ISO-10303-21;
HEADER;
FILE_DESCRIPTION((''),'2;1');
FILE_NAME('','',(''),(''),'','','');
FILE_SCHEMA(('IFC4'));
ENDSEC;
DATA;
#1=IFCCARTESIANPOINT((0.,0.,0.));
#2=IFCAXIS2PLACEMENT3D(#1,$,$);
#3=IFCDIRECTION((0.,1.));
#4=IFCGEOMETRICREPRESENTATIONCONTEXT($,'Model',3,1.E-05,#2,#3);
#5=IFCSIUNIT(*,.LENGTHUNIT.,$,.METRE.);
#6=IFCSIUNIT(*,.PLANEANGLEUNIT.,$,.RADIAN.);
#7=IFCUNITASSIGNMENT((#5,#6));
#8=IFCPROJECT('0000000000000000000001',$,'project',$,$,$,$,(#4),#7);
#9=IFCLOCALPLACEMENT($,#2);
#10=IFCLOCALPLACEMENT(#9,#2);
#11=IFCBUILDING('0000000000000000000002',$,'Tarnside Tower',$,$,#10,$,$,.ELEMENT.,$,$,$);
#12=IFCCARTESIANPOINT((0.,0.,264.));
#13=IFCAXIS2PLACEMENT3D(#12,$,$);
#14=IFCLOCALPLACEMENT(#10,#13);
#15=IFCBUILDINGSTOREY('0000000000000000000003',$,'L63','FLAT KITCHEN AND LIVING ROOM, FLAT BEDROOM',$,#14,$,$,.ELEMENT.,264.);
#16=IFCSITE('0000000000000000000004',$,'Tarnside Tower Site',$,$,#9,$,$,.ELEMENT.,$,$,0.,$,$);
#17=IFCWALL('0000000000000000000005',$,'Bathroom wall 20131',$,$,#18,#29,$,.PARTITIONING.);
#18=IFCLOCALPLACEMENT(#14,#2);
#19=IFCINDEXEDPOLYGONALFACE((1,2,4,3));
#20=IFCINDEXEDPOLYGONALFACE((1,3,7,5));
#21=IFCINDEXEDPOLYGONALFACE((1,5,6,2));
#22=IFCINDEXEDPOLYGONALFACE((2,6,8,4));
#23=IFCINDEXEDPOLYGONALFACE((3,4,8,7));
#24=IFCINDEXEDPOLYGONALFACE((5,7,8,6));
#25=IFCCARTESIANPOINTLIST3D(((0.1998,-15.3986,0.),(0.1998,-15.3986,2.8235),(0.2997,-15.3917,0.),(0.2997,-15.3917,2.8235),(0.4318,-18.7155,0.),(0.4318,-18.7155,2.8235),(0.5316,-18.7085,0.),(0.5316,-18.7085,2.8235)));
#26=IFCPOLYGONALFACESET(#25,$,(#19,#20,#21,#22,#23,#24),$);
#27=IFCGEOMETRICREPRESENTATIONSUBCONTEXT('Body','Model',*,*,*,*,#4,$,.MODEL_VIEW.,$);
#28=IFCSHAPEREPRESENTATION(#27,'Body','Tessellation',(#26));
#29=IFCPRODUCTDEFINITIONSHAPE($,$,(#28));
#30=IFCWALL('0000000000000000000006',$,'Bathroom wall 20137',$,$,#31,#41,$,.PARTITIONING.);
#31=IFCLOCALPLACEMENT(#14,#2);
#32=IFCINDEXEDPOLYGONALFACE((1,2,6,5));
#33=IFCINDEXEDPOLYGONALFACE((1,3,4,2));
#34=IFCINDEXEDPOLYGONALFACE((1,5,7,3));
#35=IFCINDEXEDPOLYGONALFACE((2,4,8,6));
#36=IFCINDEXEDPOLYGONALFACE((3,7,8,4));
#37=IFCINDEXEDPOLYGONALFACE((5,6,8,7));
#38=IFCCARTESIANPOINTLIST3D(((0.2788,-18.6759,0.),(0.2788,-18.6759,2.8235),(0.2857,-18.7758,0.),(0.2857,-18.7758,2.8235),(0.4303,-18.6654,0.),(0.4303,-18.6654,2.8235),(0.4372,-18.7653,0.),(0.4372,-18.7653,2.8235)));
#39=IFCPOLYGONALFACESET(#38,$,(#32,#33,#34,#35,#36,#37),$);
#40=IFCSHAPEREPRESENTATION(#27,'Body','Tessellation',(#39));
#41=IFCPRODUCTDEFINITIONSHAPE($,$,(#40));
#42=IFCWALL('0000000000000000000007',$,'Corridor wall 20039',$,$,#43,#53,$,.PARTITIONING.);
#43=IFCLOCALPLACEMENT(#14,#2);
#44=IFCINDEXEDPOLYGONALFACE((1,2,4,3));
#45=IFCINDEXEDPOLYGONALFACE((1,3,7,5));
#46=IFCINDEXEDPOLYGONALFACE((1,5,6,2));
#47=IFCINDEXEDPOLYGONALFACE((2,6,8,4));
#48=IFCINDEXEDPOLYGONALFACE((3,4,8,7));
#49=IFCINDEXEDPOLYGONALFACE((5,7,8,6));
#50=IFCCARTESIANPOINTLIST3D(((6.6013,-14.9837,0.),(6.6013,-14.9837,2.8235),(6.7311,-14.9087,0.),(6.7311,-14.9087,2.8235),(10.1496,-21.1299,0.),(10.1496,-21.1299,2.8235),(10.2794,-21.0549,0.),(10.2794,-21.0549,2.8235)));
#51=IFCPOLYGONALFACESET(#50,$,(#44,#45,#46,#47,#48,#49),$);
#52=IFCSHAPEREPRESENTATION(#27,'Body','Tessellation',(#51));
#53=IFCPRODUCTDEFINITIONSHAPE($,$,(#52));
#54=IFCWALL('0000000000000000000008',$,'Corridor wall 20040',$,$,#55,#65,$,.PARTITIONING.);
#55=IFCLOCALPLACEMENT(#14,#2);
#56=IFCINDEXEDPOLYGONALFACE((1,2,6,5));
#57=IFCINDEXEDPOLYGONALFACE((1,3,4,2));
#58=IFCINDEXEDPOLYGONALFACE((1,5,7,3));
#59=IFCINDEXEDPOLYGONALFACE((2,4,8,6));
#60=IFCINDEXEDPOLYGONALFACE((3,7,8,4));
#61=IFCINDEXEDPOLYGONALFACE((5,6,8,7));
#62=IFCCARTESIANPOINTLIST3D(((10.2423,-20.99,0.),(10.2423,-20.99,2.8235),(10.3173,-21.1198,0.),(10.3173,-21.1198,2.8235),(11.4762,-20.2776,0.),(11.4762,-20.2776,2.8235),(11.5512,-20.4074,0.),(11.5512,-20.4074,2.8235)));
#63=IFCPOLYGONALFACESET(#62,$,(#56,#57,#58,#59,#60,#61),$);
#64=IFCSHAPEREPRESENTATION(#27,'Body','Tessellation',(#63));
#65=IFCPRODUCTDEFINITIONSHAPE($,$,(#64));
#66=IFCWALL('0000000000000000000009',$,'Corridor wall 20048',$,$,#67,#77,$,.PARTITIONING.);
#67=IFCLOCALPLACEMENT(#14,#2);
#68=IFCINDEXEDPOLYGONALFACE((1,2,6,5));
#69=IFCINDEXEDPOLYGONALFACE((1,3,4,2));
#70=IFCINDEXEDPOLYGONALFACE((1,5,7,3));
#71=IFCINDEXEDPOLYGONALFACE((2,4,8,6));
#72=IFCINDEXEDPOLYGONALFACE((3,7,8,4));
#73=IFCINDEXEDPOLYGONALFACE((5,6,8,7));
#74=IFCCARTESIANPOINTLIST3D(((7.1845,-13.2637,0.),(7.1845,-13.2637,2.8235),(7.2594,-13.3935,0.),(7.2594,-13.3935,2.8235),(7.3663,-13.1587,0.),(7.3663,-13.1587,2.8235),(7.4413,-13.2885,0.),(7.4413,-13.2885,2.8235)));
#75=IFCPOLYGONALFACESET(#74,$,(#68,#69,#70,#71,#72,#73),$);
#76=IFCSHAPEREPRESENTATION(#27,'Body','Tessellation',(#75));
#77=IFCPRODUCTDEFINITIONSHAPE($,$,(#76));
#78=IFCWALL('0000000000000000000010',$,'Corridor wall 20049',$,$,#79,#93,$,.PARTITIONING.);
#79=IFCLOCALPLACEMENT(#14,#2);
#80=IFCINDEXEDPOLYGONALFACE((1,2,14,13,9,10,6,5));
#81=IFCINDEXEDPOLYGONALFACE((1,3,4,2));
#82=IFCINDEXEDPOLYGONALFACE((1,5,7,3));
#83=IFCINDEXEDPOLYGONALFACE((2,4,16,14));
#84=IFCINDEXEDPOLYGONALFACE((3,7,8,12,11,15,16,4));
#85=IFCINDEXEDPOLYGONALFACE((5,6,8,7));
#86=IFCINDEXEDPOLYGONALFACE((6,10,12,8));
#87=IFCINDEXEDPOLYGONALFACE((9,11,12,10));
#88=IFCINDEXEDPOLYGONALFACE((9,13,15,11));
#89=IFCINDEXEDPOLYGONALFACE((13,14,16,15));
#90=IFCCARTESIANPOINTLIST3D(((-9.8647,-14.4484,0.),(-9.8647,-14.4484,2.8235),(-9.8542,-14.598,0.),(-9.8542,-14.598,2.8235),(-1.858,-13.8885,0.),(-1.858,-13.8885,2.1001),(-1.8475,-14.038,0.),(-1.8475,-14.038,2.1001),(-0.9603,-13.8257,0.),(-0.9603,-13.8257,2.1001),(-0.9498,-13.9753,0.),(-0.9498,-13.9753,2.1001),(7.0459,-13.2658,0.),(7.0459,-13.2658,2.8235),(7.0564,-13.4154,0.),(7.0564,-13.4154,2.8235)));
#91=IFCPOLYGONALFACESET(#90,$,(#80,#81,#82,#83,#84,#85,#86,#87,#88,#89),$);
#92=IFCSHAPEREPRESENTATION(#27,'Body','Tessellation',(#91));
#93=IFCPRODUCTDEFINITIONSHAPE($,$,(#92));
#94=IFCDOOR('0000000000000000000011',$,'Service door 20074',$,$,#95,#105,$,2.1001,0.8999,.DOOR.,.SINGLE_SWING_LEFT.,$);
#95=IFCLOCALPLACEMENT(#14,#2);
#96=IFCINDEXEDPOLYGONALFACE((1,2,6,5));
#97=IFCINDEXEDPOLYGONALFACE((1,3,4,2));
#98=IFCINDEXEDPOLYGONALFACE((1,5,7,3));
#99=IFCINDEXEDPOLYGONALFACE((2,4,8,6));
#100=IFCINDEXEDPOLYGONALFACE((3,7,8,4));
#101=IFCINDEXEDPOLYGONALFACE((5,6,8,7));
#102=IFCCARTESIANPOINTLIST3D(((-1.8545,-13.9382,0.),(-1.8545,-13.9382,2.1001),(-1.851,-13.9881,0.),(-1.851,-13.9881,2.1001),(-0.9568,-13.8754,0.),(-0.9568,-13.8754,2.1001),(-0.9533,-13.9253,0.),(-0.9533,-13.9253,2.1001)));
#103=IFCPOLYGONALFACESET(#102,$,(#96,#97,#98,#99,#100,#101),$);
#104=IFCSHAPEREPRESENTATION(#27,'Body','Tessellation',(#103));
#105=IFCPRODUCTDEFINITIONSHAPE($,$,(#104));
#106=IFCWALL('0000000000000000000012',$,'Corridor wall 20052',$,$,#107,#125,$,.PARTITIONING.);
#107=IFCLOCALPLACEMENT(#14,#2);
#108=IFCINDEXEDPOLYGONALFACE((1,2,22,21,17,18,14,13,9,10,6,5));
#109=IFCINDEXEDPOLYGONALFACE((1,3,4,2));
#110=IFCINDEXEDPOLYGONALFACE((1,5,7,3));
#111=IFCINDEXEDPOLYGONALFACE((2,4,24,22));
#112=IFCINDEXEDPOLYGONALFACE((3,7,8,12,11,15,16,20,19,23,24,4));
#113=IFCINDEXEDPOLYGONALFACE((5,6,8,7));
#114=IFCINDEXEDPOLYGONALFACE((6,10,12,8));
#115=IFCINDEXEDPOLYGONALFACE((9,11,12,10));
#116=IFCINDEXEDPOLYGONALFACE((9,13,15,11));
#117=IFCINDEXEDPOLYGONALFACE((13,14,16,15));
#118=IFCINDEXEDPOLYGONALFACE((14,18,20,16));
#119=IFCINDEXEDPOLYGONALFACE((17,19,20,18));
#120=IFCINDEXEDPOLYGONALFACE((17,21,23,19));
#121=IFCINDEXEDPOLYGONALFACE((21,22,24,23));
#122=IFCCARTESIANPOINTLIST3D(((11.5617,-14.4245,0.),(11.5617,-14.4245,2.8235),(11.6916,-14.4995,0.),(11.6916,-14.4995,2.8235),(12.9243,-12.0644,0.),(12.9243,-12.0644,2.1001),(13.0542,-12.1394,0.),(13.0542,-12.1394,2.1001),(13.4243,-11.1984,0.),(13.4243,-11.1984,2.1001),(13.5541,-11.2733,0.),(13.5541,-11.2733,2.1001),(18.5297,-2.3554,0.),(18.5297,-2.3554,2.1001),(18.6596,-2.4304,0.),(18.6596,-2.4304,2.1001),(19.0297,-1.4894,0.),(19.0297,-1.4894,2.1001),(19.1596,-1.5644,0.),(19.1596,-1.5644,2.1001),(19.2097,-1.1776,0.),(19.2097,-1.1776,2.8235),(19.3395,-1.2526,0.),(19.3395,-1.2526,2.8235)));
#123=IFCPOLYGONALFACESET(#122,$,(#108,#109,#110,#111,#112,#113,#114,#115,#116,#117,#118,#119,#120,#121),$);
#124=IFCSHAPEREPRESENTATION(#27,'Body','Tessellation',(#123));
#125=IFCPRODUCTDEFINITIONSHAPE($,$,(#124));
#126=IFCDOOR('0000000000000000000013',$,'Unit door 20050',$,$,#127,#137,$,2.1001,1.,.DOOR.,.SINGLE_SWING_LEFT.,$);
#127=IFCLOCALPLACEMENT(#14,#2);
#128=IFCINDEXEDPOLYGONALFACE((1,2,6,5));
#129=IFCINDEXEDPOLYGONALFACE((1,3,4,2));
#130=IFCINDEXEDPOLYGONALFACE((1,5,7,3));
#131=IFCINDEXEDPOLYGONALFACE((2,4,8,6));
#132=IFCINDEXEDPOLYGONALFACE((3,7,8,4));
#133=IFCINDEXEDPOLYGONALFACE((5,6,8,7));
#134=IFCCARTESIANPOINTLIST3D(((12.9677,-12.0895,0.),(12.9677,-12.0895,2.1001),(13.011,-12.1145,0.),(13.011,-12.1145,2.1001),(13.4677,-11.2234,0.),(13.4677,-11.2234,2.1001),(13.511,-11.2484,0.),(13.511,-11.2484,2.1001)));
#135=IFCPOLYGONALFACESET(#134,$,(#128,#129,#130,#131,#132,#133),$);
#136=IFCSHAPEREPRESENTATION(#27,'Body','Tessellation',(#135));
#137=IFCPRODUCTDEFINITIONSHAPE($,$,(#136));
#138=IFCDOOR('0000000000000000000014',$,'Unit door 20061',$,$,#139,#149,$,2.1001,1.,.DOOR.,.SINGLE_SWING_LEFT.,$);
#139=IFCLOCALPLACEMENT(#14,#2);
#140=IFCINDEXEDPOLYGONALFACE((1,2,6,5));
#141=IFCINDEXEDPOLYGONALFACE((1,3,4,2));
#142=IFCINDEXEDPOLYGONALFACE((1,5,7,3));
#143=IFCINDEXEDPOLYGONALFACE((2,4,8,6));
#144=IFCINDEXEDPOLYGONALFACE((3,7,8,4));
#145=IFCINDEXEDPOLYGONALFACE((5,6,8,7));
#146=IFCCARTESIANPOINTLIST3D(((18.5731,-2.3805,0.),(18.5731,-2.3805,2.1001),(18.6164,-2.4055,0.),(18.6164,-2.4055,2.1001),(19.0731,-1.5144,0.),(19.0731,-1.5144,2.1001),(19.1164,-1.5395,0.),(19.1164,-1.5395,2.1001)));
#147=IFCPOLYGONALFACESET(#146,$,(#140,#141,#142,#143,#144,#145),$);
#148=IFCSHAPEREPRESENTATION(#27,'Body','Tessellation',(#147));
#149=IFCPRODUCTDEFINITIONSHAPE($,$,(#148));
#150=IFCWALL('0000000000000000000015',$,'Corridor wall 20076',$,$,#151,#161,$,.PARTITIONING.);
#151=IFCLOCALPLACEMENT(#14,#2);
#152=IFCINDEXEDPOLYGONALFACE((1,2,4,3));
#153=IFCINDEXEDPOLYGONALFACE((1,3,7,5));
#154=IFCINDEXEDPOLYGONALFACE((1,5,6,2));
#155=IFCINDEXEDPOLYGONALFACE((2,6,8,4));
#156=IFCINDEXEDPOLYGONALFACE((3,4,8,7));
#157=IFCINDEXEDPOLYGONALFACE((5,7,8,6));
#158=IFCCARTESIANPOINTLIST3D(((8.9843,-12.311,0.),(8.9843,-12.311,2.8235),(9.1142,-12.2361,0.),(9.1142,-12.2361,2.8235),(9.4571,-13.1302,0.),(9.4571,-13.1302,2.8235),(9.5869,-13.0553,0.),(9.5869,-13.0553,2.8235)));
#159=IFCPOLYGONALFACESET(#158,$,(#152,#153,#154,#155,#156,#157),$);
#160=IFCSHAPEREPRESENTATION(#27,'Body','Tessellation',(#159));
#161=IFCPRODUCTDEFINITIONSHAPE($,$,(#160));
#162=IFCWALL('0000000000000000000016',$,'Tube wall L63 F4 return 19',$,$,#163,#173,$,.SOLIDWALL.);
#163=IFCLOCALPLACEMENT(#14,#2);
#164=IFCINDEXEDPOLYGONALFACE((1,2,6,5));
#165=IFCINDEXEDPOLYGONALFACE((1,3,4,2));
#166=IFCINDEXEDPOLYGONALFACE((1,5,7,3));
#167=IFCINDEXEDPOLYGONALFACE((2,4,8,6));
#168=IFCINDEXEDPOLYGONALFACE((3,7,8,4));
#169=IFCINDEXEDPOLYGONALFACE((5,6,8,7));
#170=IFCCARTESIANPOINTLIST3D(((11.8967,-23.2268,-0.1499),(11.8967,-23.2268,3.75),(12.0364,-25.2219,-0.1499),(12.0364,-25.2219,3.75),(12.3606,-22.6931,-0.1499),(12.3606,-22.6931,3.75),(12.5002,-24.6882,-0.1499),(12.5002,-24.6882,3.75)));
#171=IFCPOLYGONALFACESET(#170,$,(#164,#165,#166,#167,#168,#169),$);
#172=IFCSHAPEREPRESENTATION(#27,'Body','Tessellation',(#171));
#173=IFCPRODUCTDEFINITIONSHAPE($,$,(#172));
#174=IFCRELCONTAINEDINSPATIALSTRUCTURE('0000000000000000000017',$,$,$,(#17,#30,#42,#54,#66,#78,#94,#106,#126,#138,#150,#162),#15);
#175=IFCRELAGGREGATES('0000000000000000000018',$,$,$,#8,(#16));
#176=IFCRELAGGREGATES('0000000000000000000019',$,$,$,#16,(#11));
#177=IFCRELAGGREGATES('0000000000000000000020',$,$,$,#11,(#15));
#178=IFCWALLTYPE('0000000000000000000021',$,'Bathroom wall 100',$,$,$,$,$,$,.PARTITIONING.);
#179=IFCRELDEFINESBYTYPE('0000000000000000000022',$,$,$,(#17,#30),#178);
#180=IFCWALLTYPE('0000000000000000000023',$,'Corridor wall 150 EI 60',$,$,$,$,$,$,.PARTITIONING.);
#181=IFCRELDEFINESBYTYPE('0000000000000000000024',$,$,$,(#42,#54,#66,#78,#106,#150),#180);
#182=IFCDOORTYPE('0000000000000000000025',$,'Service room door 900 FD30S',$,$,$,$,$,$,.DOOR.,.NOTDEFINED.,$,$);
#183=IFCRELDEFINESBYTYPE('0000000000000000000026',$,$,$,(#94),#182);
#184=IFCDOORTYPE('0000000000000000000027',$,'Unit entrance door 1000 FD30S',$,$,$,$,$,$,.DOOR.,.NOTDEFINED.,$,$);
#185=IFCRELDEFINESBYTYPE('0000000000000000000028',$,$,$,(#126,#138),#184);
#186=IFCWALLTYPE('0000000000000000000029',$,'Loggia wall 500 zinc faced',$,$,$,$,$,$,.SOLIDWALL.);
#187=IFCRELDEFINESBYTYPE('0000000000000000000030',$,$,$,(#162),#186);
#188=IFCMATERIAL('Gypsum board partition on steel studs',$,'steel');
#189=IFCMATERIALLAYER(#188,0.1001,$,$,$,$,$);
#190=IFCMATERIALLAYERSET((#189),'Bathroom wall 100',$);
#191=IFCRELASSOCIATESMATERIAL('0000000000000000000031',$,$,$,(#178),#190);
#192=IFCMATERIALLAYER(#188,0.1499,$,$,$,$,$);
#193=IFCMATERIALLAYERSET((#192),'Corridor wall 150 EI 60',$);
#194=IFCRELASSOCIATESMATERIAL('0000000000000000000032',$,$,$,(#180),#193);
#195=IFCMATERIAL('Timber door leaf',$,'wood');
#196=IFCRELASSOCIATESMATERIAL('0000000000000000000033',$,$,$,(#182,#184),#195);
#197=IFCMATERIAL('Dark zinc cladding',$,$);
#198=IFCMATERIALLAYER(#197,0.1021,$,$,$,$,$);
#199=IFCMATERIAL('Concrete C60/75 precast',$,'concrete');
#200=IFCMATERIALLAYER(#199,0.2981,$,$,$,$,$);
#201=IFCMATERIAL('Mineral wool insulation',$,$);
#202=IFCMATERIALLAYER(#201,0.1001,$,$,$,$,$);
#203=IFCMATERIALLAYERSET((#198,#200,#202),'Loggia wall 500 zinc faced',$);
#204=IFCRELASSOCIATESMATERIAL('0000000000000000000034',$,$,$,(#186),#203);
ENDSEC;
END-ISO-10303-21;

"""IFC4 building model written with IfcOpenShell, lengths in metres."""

from ifc_helpers import new_model, si_unit, direction, frame, frame_2d, origin, place, context, subcontext, project, spatial, polyline, rectangle, outline, extrude, material, layer, layer_set, type_object, element, fill, save


model = new_model("IFC4")

# Units and contexts
model_context = context("Model", 3, precision=1e-05, world=origin(), true_north=direction((0.0, 1.0)))
body_context = subcontext(model_context, "Body", "Model", "MODEL_VIEW")
ifc_project = project(units=[si_unit("LENGTHUNIT", "METRE"), si_unit("PLANEANGLEUNIT", "RADIAN")], contexts=[model_context])

# Site, building, storey
site_placement = place(None, origin())
site = spatial("IfcSite", under=ifc_project, at=site_placement, Name="Tarnside Tower Site", CompositionType="ELEMENT", RefElevation=0.0)
building_placement = place(site_placement, origin())
building = spatial("IfcBuilding", under=site, at=building_placement, Name="Tarnside Tower", CompositionType="ELEMENT")
storey_placement = place(building_placement, frame((0.0, 0.0, 264.0)))
storey = spatial("IfcBuildingStorey", under=building, at=storey_placement, Name="L63", Description="FLAT KITCHEN AND LIVING ROOM, FLAT BEDROOM", CompositionType="ELEMENT", Elevation=264.0)

# Walls
ifc_material_1 = material(Name="Gypsum board partition on steel studs", Category="steel")
ifc_layer_1 = layer(ifc_material_1, 0.1001)
ifc_layer_set_1 = layer_set([ifc_layer_1], Name="Bathroom wall 100")
wall_type_1 = type_object("IfcWallType", Name="Bathroom wall 100", PredefinedType="PARTITIONING", material=ifc_layer_set_1)
wall_1_placement = place(storey_placement, frame((0.2498, -15.395, 0.0), z_axis=(0.0, 0.0, 1.0), x_axis=(0.069755, -0.997564, 0.0)))
element("IfcWall", 1, at=wall_1_placement, inside=storey, type_object=wall_type_1, Name="Bathroom wall 20131", PredefinedType="PARTITIONING", context=body_context, shape_type="SweptSolid", body=[
    extrude(rectangle(XDim=3.325, YDim=0.1001, at=frame_2d((1.6626, 0.0))), origin(), (0.0, 0.0, 1.0), 2.8235),
])
wall_2_placement = place(storey_placement, frame((0.2822, -18.7258, 0.0), z_axis=(0.0, 0.0, 1.0), x_axis=(0.997611, 0.069078, 0.0)))
element("IfcWall", 2, at=wall_2_placement, inside=storey, type_object=wall_type_1, Name="Bathroom wall 20137", PredefinedType="PARTITIONING", context=body_context, shape_type="SweptSolid", body=[
    extrude(rectangle(XDim=0.1519, YDim=0.1001, at=frame_2d((0.0759, 0.0))), origin(), (0.0, 0.0, 1.0), 2.8235),
])
ifc_layer_2 = layer(ifc_material_1, 0.1499)
ifc_layer_set_2 = layer_set([ifc_layer_2], Name="Corridor wall 150 EI 60")
wall_type_2 = type_object("IfcWallType", Name="Corridor wall 150 EI 60", PredefinedType="PARTITIONING", material=ifc_layer_set_2)
wall_3_placement = place(storey_placement, frame((6.6663, -14.9463, 0.0), z_axis=(0.0, 0.0, 1.0), x_axis=(0.49998, -0.866037, 0.0)))
element("IfcWall", 3, at=wall_3_placement, inside=storey, type_object=wall_type_2, Name="Corridor wall 20039", PredefinedType="PARTITIONING", context=body_context, shape_type="SweptSolid", body=[
    extrude(rectangle(XDim=7.0969, YDim=0.1499, at=frame_2d((3.5483, 0.0))), origin(), (0.0, 0.0, 1.0), 2.8235),
])
wall_4_placement = place(storey_placement, frame((10.2798, -21.0549, 0.0), z_axis=(0.0, 0.0, 1.0), x_axis=(0.86602, 0.500009, 0.0)))
element("IfcWall", 4, at=wall_4_placement, inside=storey, type_object=wall_type_2, Name="Corridor wall 20040", PredefinedType="PARTITIONING", context=body_context, shape_type="SweptSolid", body=[
    extrude(rectangle(XDim=1.4248, YDim=0.1499, at=frame_2d((0.7124, 0.0))), origin(), (0.0, 0.0, 1.0), 2.8235),
])
wall_5_placement = place(storey_placement, frame((7.4038, -13.2236, 0.0), z_axis=(0.0, 0.0, 1.0), x_axis=(-0.866089, -0.49989, 0.0)))
element("IfcWall", 5, at=wall_5_placement, inside=storey, type_object=wall_type_2, Name="Corridor wall 20048", PredefinedType="PARTITIONING", context=body_context, shape_type="SweptSolid", body=[
    extrude(rectangle(XDim=0.21, YDim=0.1499, at=frame_2d((0.105, 0.0))), origin(), (0.0, 0.0, 1.0), 2.8235),
])

# Wall, opening, door
wall_6_placement = place(storey_placement, frame((7.0513, -13.3406, 0.0), z_axis=(0.0, 0.0, 1.0), x_axis=(-0.997564, -0.069763, 0.0)))
wall_6 = element("IfcWall", 6, at=wall_6_placement, inside=storey, type_object=wall_type_2, Name="Corridor wall 20049", PredefinedType="PARTITIONING", context=body_context, shape_type="SweptSolid", body=[
    extrude(rectangle(XDim=16.9519, YDim=0.1499, at=frame_2d((8.4761, 0.0))), origin(), (0.0, 0.0, 1.0), 2.8235),
])
opening_1_placement = place(wall_6_placement, frame((8.0259, 0.0, 0.0)))
opening_1 = element("IfcOpeningElement", 7, at=opening_1_placement, cuts=wall_6, PredefinedType="OPENING", context=body_context, shape_type="SweptSolid", body=[
    extrude(rectangle(XDim=0.8999, YDim=2.1001, at=frame_2d((0.45, 1.05))), frame((0.0, 0.085, 0.0), z_axis=(0.0, -1.0, 0.0), x_axis=(1.0, 0.0, 0.0)), (0.0, 0.0, 1.0), 0.1699),
])
ifc_material_2 = material(Name="Timber door leaf", Category="wood")
door_type_1 = type_object("IfcDoorType", Name="Service room door 900 FD30S", OperationType="NOTDEFINED", PredefinedType="DOOR", material=ifc_material_2)
door_1_placement = place(opening_1_placement, origin())
door_1 = element("IfcDoor", 8, at=door_1_placement, inside=storey, type_object=door_type_1, Name="Service door 20074", OperationType="SINGLE_SWING_LEFT", OverallHeight=2.1001, OverallWidth=0.8999, PredefinedType="DOOR", context=body_context, shape_type="SweptSolid", body=[
    extrude(rectangle(XDim=0.8999, YDim=2.1001, at=frame_2d((0.45, 1.05))), frame((0.0, 0.0249, 0.0), z_axis=(0.0, -1.0, 0.0), x_axis=(1.0, 0.0, 0.0)), (0.0, 0.0, 1.0), 0.05),
])
fill(opening_1, door_1)

# Wall, openings, doors
wall_7_placement = place(storey_placement, frame((11.6267, -14.4619, 0.0), z_axis=(0.0, 0.0, 1.0), x_axis=(0.499995, 0.866029, 0.0)))
wall_7 = element("IfcWall", 9, at=wall_7_placement, inside=storey, type_object=wall_type_2, Name="Corridor wall 20052", PredefinedType="PARTITIONING", context=body_context, shape_type="SweptSolid", body=[
    extrude(rectangle(XDim=15.2961, YDim=0.1499, at=frame_2d((7.6479, 0.0))), origin(), (0.0, 0.0, 1.0), 2.8235),
])
opening_2_placement = place(wall_7_placement, frame((2.7251, 0.0, 0.0)))
opening_2 = element("IfcOpeningElement", 10, at=opening_2_placement, cuts=wall_7, PredefinedType="OPENING", context=body_context, shape_type="SweptSolid", body=[
    extrude(rectangle(XDim=1.0, YDim=2.1001, at=frame_2d((0.5, 1.05))), frame((0.0, 0.085, 0.0), z_axis=(0.0, -1.0, 0.0), x_axis=(1.0, 0.0, 0.0)), (0.0, 0.0, 1.0), 0.1699),
])
opening_3_placement = place(wall_7_placement, frame((13.936, 0.0, 0.0)))
opening_3 = element("IfcOpeningElement", 11, at=opening_3_placement, cuts=wall_7, PredefinedType="OPENING", context=body_context, shape_type="SweptSolid", body=[
    extrude(rectangle(XDim=1.0, YDim=2.1001, at=frame_2d((0.5, 1.05))), frame((0.0, 0.085, 0.0), z_axis=(0.0, -1.0, 0.0), x_axis=(1.0, 0.0, 0.0)), (0.0, 0.0, 1.0), 0.1699),
])
door_type_2 = type_object("IfcDoorType", Name="Unit entrance door 1000 FD30S", OperationType="NOTDEFINED", PredefinedType="DOOR", material=ifc_material_2)
door_2_placement = place(opening_2_placement, origin())
door_2 = element("IfcDoor", 12, at=door_2_placement, inside=storey, type_object=door_type_2, Name="Unit door 20050", OperationType="SINGLE_SWING_LEFT", OverallHeight=2.1001, OverallWidth=1.0, PredefinedType="DOOR", context=body_context, shape_type="SweptSolid", body=[
    extrude(rectangle(XDim=1.0, YDim=2.1001, at=frame_2d((0.5, 1.05))), frame((0.0, 0.0249, 0.0), z_axis=(0.0, -1.0, 0.0), x_axis=(1.0, 0.0, 0.0)), (0.0, 0.0, 1.0), 0.05),
])
fill(opening_2, door_2)
door_3_placement = place(opening_3_placement, origin())
door_3 = element("IfcDoor", 13, at=door_3_placement, inside=storey, type_object=door_type_2, Name="Unit door 20061", OperationType="SINGLE_SWING_LEFT", OverallHeight=2.1001, OverallWidth=1.0, PredefinedType="DOOR", context=body_context, shape_type="SweptSolid", body=[
    extrude(rectangle(XDim=1.0, YDim=2.1001, at=frame_2d((0.5, 1.05))), frame((0.0, 0.0249, 0.0), z_axis=(0.0, -1.0, 0.0), x_axis=(1.0, 0.0, 0.0)), (0.0, 0.0, 1.0), 0.05),
])
fill(opening_3, door_3)

# Walls
wall_8_placement = place(storey_placement, frame((9.522, -13.0928, 0.0), z_axis=(0.0, 0.0, 1.0), x_axis=(-0.499804, 0.866138, 0.0)))
element("IfcWall", 14, at=wall_8_placement, inside=storey, type_object=wall_type_2, Name="Corridor wall 20076", PredefinedType="PARTITIONING", context=body_context, shape_type="SweptSolid", body=[
    extrude(rectangle(XDim=0.9458, YDim=0.1499, at=frame_2d((0.4729, 0.0))), origin(), (0.0, 0.0, 1.0), 2.8235),
])
ifc_material_3 = material(Name="Dark zinc cladding")
ifc_layer_3 = layer(ifc_material_3, 0.1021)
ifc_material_4 = material(Name="Concrete C60/75 precast", Category="concrete")
ifc_layer_4 = layer(ifc_material_4, 0.2981)
ifc_material_5 = material(Name="Mineral wool insulation")
ifc_layer_5 = layer(ifc_material_5, 0.1001)
ifc_layer_set_3 = layer_set([ifc_layer_3, ifc_layer_4, ifc_layer_5], Name="Loggia wall 500 zinc faced")
wall_type_3 = type_object("IfcWallType", Name="Loggia wall 500 zinc faced", PredefinedType="SOLIDWALL", material=ifc_layer_set_3)
wall_9_placement = place(storey_placement, frame((12.1287, -22.96, -0.1499), z_axis=(0.0, 0.0, 1.0), x_axis=(0.069824, -0.997559, 0.0)))
element("IfcWall", 15, at=wall_9_placement, inside=storey, type_object=wall_type_3, Name="Tube wall L63 F4 return 19", PredefinedType="SOLIDWALL", context=body_context, shape_type="SweptSolid", body=[
    extrude(outline(polyline([(0.25, -0.25), (2.25, -0.25), (1.75, 0.25), (-0.25, 0.25), (0.25, -0.25)])), origin(), (0.0, 0.0, 1.0), 3.8999),
])

save(model, "model.ifc")
